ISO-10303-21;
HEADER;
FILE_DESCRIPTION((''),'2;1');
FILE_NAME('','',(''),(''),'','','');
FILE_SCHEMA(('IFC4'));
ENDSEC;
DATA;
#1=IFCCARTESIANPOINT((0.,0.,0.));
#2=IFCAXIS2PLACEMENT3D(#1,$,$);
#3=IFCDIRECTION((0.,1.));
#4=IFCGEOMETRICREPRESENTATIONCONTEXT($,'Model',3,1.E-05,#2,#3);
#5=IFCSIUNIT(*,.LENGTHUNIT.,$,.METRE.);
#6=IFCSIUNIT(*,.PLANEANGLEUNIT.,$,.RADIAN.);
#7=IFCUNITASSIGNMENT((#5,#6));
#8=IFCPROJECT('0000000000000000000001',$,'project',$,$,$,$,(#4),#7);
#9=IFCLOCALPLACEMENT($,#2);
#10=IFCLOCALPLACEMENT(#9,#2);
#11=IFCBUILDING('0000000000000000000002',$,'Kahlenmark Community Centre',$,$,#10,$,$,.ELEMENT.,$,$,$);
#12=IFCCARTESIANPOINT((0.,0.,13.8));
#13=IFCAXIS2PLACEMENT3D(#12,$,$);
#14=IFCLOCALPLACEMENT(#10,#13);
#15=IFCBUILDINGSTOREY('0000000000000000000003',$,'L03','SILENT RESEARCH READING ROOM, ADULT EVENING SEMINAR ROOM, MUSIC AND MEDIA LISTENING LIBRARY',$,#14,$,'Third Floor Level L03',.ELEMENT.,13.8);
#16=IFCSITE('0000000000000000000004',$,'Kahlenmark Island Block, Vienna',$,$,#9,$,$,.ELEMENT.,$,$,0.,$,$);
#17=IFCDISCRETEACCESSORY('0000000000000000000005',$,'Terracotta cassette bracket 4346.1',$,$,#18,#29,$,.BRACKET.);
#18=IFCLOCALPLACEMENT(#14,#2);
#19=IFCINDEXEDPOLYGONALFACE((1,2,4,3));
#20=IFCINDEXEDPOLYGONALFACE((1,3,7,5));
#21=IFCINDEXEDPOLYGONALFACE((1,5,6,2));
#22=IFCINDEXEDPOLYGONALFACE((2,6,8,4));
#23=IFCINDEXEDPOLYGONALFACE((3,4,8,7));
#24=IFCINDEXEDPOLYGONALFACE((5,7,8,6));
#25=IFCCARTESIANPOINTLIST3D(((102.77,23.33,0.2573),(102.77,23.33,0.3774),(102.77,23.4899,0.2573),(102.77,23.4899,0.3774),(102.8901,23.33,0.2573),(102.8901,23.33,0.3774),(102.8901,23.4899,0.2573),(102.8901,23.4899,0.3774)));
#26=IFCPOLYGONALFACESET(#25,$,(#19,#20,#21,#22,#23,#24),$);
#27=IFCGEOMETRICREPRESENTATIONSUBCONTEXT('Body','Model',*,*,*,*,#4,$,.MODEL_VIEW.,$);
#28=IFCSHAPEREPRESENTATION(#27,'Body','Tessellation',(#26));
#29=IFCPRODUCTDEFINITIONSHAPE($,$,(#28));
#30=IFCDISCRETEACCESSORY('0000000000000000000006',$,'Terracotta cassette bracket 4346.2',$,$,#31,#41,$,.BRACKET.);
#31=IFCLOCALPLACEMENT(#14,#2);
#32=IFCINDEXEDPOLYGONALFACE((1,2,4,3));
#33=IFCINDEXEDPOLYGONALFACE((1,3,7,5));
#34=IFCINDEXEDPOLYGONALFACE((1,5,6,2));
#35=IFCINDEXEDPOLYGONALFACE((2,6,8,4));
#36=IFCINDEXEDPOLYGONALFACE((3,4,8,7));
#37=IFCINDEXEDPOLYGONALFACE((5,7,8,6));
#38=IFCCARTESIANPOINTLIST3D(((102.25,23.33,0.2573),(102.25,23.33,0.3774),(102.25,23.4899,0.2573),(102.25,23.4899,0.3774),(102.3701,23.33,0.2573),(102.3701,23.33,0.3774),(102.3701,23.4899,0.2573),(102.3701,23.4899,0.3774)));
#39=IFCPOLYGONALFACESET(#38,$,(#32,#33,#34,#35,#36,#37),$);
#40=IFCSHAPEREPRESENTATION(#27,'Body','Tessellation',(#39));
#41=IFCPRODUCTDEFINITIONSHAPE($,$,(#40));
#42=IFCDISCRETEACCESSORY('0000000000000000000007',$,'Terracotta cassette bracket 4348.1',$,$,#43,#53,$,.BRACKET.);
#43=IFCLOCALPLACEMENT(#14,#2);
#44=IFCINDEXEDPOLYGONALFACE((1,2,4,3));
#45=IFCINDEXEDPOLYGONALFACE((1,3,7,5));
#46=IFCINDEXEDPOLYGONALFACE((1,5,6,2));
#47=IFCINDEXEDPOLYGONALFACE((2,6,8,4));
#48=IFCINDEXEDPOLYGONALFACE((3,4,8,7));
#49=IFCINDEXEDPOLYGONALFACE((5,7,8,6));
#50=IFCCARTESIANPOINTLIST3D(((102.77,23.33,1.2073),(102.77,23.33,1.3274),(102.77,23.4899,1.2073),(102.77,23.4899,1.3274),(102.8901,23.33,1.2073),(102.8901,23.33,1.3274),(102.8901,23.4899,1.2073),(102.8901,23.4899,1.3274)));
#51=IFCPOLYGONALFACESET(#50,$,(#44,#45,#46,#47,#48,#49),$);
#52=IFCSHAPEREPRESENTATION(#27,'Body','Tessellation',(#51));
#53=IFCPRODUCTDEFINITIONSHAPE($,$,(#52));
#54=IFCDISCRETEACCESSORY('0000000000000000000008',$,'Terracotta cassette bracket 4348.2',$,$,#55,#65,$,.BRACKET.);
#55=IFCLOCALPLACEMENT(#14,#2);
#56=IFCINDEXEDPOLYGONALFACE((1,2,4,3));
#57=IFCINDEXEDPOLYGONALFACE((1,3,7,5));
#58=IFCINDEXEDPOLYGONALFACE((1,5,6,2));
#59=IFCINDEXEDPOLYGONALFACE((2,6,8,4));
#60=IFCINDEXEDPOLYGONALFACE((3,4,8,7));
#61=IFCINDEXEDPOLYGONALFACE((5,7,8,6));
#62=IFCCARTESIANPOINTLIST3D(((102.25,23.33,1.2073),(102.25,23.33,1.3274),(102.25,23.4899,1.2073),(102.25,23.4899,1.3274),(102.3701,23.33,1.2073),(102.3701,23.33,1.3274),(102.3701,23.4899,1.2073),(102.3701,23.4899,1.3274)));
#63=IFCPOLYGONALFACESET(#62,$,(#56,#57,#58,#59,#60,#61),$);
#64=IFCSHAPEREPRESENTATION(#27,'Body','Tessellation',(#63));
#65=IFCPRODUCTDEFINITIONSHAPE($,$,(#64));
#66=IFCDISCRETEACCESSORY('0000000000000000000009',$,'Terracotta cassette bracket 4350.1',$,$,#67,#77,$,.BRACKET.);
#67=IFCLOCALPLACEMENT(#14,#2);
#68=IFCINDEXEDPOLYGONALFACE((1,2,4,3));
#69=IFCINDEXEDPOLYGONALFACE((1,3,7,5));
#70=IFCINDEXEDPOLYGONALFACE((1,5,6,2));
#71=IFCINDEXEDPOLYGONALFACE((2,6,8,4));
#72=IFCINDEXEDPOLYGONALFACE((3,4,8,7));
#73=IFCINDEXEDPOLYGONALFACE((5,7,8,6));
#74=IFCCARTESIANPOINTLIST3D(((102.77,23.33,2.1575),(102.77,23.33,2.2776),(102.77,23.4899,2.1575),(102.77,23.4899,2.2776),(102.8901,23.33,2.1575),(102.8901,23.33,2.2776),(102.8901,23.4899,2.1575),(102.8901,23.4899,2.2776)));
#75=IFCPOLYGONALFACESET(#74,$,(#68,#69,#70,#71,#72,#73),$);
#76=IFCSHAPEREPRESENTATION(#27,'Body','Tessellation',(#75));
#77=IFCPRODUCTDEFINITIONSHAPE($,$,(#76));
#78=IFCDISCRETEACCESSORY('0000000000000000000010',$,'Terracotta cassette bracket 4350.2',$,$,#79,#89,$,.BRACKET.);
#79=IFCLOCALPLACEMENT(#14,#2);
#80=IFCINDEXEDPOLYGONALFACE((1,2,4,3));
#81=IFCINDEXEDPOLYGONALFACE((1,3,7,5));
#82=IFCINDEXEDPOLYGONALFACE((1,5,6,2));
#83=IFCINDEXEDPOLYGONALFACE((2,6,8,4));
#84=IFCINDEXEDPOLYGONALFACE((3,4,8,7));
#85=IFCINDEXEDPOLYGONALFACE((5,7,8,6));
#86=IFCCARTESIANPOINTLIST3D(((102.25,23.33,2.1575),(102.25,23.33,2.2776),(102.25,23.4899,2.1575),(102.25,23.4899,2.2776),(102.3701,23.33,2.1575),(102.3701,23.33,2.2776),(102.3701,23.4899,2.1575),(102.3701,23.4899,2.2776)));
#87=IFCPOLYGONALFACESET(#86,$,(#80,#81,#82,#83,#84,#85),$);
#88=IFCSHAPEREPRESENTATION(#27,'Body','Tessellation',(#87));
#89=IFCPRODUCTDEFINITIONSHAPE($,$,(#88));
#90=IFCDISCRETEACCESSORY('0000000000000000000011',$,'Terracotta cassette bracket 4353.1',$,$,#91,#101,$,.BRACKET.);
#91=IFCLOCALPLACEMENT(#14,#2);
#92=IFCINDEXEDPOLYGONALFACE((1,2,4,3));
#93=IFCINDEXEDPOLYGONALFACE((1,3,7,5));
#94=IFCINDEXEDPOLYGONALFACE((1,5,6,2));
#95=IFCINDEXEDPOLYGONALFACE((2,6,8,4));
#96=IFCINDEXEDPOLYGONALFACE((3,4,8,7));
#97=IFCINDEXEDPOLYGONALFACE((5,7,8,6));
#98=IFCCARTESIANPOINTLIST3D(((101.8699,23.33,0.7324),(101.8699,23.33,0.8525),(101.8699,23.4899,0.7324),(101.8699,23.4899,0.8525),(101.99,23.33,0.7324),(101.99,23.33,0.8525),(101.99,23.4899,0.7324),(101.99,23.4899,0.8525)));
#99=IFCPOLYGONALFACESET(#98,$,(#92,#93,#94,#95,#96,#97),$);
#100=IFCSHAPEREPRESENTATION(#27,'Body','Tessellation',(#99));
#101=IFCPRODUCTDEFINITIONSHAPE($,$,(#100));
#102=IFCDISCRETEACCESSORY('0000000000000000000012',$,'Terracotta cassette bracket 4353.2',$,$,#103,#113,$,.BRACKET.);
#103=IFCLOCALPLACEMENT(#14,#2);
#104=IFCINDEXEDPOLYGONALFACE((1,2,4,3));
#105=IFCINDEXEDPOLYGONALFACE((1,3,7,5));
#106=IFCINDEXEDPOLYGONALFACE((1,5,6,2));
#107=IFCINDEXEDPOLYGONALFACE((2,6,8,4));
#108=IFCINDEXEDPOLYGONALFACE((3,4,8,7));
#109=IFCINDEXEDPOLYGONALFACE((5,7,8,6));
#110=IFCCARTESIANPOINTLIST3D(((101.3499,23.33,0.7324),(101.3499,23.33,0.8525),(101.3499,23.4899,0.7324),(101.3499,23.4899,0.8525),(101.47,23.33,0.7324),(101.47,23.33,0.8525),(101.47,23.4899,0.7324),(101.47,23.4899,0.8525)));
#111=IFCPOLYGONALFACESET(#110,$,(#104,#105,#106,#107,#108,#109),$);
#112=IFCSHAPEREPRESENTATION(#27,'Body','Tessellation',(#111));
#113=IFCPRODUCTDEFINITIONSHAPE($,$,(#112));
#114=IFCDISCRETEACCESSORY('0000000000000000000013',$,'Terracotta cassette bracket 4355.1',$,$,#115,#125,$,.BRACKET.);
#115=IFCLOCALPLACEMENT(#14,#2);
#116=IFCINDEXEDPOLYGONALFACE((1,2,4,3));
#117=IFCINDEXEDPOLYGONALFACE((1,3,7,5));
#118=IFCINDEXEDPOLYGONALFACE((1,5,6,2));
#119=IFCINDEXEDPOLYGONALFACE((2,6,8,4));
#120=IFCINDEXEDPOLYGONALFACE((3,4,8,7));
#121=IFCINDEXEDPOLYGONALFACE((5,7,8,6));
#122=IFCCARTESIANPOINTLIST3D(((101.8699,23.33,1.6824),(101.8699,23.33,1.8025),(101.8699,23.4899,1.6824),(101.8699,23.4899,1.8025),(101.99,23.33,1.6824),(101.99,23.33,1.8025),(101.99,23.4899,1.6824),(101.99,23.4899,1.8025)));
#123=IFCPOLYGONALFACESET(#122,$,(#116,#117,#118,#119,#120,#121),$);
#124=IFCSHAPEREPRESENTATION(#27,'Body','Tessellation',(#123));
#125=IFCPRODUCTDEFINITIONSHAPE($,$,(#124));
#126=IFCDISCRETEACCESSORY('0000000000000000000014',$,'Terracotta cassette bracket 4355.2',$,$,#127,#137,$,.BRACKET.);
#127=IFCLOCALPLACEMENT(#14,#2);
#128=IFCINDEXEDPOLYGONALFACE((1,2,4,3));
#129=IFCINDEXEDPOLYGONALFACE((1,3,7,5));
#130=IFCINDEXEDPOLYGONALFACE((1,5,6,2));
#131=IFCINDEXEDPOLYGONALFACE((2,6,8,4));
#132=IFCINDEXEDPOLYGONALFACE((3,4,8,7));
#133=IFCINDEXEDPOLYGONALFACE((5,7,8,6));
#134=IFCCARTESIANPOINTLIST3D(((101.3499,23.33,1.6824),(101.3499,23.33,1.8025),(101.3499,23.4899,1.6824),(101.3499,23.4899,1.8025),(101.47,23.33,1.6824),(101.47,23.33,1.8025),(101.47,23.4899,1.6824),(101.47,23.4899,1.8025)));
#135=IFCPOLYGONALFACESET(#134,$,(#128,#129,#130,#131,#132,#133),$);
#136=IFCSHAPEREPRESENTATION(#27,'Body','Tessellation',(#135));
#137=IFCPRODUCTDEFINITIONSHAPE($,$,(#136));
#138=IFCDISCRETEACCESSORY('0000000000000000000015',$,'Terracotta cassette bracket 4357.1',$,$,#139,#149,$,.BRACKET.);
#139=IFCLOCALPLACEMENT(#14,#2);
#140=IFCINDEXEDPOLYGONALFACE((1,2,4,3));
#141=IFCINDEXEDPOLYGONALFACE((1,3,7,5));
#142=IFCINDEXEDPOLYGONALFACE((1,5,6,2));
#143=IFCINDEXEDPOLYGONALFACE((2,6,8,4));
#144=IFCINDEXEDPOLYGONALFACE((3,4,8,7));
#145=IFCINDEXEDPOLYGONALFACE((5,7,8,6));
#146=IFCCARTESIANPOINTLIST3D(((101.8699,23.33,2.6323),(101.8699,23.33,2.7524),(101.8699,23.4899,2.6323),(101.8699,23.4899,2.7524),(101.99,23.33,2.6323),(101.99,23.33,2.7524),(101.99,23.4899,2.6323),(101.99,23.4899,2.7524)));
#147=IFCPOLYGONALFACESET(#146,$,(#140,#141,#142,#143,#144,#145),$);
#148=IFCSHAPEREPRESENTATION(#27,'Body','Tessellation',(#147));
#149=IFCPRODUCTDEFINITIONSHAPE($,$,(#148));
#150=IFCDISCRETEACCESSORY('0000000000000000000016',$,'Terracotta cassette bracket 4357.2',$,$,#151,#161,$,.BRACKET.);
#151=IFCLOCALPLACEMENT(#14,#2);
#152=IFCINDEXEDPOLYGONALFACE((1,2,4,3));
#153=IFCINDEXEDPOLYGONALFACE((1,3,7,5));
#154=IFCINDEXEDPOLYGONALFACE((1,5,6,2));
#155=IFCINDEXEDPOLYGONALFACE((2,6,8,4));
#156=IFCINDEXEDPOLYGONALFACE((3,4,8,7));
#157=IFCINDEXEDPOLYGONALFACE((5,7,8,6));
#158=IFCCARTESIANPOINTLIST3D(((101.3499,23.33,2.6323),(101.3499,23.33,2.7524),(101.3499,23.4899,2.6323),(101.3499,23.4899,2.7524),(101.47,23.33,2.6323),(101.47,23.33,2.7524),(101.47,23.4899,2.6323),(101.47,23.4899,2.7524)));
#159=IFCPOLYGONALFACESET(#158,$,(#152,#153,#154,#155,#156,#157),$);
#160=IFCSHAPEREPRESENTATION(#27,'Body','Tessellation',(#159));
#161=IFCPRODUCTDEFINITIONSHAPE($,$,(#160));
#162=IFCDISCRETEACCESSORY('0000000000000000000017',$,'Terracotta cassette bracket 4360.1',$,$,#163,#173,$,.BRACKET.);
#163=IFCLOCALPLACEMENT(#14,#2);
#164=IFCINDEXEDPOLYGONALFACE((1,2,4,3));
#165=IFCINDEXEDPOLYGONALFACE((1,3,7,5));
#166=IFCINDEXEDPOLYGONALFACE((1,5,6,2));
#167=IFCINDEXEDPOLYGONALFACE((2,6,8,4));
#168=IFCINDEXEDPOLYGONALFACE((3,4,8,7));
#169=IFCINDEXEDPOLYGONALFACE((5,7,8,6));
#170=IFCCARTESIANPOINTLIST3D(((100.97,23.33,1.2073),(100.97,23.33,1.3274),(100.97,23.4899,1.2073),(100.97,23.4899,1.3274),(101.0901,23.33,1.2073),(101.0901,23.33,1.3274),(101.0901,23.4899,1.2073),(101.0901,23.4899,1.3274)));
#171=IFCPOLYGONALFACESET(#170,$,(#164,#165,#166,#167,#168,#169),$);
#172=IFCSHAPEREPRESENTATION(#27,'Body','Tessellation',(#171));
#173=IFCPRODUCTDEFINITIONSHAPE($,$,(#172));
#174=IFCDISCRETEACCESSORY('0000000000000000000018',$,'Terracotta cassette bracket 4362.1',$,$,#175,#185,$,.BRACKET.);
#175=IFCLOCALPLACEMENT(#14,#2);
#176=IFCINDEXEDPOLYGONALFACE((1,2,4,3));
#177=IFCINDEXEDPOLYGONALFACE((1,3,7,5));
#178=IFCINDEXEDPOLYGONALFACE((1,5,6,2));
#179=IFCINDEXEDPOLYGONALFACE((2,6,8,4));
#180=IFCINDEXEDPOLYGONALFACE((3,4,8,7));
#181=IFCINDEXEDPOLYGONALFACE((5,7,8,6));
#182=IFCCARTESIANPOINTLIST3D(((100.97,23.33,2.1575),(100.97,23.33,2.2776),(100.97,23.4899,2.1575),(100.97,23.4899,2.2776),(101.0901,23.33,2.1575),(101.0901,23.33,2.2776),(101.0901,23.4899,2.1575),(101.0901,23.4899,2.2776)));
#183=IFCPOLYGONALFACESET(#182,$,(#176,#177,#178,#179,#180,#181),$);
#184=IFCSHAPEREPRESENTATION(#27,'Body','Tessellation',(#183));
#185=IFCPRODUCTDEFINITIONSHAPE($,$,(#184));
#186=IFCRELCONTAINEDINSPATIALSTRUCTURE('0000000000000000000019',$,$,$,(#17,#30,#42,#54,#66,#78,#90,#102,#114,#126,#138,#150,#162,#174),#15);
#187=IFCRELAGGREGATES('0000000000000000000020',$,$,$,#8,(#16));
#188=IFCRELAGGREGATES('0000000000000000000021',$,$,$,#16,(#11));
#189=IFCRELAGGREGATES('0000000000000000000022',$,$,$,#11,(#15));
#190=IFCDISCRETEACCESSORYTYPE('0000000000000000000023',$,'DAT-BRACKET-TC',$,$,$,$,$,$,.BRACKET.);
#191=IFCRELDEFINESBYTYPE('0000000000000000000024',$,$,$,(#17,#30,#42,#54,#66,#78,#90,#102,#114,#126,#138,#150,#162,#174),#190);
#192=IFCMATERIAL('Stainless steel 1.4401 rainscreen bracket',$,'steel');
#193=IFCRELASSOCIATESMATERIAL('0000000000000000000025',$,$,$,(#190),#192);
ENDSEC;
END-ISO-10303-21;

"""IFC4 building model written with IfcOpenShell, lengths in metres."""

from ifc_helpers import new_model, si_unit, direction, frame, origin, origin_2d, place, context, subcontext, project, spatial, rectangle, extrude, material, type_object, element, save


model = new_model("IFC4")

# Units and contexts
model_context = context("Model", 3, precision=1e-05, world=origin(), true_north=direction((0.0, 1.0)))
body_context = subcontext(model_context, "Body", "Model", "MODEL_VIEW")
ifc_project = project(units=[si_unit("LENGTHUNIT", "METRE"), si_unit("PLANEANGLEUNIT", "RADIAN")], contexts=[model_context])

# Site, building, storey
site_placement = place(None, origin())
site = spatial("IfcSite", under=ifc_project, at=site_placement, Name="Kahlenmark Island Block, Vienna", CompositionType="ELEMENT", RefElevation=0.0)
building_placement = place(site_placement, origin())
building = spatial("IfcBuilding", under=site, at=building_placement, Name="Kahlenmark Community Centre", CompositionType="ELEMENT")
storey_placement = place(building_placement, frame((0.0, 0.0, 13.8)))
storey = spatial("IfcBuildingStorey", under=building, at=storey_placement, Name="L03", Description="SILENT RESEARCH READING ROOM, ADULT EVENING SEMINAR ROOM, MUSIC AND MEDIA LISTENING LIBRARY", LongName="Third Floor Level L03", CompositionType="ELEMENT", Elevation=13.8)

# Discrete accessories
ifc_material_1 = material(Name="Stainless steel 1.4401 rainscreen bracket", Category="steel")
discrete_accessory_type = type_object("IfcDiscreteAccessoryType", Name="DAT-BRACKET-TC", PredefinedType="BRACKET", material=ifc_material_1)
for number, where, z_axis, x_axis, name in (
    (1, (102.8301, 23.4099, 0.2573), (0.0, 0.0, 1.0), (-1.0, 0.0, 0.0), "Terracotta cassette bracket 4346.1"),
    (2, (102.3101, 23.4099, 0.2573), (0.0, 0.0, 1.0), (-1.0, 0.0, 0.0), "Terracotta cassette bracket 4346.2"),
    (3, (102.8301, 23.4099, 1.2073), (0.0, 0.0, 1.0), (-1.0, 0.0, 0.0), "Terracotta cassette bracket 4348.1"),
    (4, (102.3101, 23.4099, 1.2073), (0.0, 0.0, 1.0), (-1.0, 0.0, 0.0), "Terracotta cassette bracket 4348.2"),
    (5, (102.8301, 23.4099, 2.1575), (0.0, 0.0, 1.0), (-1.0, 0.0, 0.0), "Terracotta cassette bracket 4350.1"),
    (6, (102.3101, 23.4099, 2.1575), (0.0, 0.0, 1.0), (-1.0, 0.0, 0.0), "Terracotta cassette bracket 4350.2"),
    (7, (101.9299, 23.4099, 0.7324), (0.0, 0.0, 1.0), (-1.0, 0.0, 0.0), "Terracotta cassette bracket 4353.1"),
    (8, (101.4099, 23.4099, 0.7324), (0.0, 0.0, 1.0), (-1.0, 0.0, 0.0), "Terracotta cassette bracket 4353.2"),
    (9, (101.9299, 23.4099, 1.6824), (0.0, 0.0, 1.0), (-1.0, 0.0, 0.0), "Terracotta cassette bracket 4355.1"),
    (10, (101.4099, 23.4099, 1.6824), (0.0, 0.0, 1.0), (-1.0, 0.0, 0.0), "Terracotta cassette bracket 4355.2"),
    (11, (101.9299, 23.4099, 2.6323), (0.0, 0.0, 1.0), (-1.0, 0.0, 0.0), "Terracotta cassette bracket 4357.1"),
    (12, (101.4099, 23.4099, 2.6323), (0.0, 0.0, 1.0), (-1.0, 0.0, 0.0), "Terracotta cassette bracket 4357.2"),
    (13, (101.03, 23.4099, 1.2073), (0.0, 0.0, 1.0), (-1.0, 0.0, 0.0), "Terracotta cassette bracket 4360.1"),
    (14, (101.03, 23.4099, 2.1575), (0.0, 0.0, 1.0), (-1.0, 0.0, 0.0), "Terracotta cassette bracket 4362.1"),
):
    element("IfcDiscreteAccessory", number, at=place(storey_placement, frame(where, z_axis=z_axis, x_axis=x_axis)), inside=storey, type_object=discrete_accessory_type, Name=name, PredefinedType="BRACKET", context=body_context, shape_type="SweptSolid", body=[
        extrude(rectangle(XDim=0.1201, YDim=0.1599, at=origin_2d()), origin(), (0.0, 0.0, 1.0), 0.1201),
    ])

save(model, "model.ifc")
